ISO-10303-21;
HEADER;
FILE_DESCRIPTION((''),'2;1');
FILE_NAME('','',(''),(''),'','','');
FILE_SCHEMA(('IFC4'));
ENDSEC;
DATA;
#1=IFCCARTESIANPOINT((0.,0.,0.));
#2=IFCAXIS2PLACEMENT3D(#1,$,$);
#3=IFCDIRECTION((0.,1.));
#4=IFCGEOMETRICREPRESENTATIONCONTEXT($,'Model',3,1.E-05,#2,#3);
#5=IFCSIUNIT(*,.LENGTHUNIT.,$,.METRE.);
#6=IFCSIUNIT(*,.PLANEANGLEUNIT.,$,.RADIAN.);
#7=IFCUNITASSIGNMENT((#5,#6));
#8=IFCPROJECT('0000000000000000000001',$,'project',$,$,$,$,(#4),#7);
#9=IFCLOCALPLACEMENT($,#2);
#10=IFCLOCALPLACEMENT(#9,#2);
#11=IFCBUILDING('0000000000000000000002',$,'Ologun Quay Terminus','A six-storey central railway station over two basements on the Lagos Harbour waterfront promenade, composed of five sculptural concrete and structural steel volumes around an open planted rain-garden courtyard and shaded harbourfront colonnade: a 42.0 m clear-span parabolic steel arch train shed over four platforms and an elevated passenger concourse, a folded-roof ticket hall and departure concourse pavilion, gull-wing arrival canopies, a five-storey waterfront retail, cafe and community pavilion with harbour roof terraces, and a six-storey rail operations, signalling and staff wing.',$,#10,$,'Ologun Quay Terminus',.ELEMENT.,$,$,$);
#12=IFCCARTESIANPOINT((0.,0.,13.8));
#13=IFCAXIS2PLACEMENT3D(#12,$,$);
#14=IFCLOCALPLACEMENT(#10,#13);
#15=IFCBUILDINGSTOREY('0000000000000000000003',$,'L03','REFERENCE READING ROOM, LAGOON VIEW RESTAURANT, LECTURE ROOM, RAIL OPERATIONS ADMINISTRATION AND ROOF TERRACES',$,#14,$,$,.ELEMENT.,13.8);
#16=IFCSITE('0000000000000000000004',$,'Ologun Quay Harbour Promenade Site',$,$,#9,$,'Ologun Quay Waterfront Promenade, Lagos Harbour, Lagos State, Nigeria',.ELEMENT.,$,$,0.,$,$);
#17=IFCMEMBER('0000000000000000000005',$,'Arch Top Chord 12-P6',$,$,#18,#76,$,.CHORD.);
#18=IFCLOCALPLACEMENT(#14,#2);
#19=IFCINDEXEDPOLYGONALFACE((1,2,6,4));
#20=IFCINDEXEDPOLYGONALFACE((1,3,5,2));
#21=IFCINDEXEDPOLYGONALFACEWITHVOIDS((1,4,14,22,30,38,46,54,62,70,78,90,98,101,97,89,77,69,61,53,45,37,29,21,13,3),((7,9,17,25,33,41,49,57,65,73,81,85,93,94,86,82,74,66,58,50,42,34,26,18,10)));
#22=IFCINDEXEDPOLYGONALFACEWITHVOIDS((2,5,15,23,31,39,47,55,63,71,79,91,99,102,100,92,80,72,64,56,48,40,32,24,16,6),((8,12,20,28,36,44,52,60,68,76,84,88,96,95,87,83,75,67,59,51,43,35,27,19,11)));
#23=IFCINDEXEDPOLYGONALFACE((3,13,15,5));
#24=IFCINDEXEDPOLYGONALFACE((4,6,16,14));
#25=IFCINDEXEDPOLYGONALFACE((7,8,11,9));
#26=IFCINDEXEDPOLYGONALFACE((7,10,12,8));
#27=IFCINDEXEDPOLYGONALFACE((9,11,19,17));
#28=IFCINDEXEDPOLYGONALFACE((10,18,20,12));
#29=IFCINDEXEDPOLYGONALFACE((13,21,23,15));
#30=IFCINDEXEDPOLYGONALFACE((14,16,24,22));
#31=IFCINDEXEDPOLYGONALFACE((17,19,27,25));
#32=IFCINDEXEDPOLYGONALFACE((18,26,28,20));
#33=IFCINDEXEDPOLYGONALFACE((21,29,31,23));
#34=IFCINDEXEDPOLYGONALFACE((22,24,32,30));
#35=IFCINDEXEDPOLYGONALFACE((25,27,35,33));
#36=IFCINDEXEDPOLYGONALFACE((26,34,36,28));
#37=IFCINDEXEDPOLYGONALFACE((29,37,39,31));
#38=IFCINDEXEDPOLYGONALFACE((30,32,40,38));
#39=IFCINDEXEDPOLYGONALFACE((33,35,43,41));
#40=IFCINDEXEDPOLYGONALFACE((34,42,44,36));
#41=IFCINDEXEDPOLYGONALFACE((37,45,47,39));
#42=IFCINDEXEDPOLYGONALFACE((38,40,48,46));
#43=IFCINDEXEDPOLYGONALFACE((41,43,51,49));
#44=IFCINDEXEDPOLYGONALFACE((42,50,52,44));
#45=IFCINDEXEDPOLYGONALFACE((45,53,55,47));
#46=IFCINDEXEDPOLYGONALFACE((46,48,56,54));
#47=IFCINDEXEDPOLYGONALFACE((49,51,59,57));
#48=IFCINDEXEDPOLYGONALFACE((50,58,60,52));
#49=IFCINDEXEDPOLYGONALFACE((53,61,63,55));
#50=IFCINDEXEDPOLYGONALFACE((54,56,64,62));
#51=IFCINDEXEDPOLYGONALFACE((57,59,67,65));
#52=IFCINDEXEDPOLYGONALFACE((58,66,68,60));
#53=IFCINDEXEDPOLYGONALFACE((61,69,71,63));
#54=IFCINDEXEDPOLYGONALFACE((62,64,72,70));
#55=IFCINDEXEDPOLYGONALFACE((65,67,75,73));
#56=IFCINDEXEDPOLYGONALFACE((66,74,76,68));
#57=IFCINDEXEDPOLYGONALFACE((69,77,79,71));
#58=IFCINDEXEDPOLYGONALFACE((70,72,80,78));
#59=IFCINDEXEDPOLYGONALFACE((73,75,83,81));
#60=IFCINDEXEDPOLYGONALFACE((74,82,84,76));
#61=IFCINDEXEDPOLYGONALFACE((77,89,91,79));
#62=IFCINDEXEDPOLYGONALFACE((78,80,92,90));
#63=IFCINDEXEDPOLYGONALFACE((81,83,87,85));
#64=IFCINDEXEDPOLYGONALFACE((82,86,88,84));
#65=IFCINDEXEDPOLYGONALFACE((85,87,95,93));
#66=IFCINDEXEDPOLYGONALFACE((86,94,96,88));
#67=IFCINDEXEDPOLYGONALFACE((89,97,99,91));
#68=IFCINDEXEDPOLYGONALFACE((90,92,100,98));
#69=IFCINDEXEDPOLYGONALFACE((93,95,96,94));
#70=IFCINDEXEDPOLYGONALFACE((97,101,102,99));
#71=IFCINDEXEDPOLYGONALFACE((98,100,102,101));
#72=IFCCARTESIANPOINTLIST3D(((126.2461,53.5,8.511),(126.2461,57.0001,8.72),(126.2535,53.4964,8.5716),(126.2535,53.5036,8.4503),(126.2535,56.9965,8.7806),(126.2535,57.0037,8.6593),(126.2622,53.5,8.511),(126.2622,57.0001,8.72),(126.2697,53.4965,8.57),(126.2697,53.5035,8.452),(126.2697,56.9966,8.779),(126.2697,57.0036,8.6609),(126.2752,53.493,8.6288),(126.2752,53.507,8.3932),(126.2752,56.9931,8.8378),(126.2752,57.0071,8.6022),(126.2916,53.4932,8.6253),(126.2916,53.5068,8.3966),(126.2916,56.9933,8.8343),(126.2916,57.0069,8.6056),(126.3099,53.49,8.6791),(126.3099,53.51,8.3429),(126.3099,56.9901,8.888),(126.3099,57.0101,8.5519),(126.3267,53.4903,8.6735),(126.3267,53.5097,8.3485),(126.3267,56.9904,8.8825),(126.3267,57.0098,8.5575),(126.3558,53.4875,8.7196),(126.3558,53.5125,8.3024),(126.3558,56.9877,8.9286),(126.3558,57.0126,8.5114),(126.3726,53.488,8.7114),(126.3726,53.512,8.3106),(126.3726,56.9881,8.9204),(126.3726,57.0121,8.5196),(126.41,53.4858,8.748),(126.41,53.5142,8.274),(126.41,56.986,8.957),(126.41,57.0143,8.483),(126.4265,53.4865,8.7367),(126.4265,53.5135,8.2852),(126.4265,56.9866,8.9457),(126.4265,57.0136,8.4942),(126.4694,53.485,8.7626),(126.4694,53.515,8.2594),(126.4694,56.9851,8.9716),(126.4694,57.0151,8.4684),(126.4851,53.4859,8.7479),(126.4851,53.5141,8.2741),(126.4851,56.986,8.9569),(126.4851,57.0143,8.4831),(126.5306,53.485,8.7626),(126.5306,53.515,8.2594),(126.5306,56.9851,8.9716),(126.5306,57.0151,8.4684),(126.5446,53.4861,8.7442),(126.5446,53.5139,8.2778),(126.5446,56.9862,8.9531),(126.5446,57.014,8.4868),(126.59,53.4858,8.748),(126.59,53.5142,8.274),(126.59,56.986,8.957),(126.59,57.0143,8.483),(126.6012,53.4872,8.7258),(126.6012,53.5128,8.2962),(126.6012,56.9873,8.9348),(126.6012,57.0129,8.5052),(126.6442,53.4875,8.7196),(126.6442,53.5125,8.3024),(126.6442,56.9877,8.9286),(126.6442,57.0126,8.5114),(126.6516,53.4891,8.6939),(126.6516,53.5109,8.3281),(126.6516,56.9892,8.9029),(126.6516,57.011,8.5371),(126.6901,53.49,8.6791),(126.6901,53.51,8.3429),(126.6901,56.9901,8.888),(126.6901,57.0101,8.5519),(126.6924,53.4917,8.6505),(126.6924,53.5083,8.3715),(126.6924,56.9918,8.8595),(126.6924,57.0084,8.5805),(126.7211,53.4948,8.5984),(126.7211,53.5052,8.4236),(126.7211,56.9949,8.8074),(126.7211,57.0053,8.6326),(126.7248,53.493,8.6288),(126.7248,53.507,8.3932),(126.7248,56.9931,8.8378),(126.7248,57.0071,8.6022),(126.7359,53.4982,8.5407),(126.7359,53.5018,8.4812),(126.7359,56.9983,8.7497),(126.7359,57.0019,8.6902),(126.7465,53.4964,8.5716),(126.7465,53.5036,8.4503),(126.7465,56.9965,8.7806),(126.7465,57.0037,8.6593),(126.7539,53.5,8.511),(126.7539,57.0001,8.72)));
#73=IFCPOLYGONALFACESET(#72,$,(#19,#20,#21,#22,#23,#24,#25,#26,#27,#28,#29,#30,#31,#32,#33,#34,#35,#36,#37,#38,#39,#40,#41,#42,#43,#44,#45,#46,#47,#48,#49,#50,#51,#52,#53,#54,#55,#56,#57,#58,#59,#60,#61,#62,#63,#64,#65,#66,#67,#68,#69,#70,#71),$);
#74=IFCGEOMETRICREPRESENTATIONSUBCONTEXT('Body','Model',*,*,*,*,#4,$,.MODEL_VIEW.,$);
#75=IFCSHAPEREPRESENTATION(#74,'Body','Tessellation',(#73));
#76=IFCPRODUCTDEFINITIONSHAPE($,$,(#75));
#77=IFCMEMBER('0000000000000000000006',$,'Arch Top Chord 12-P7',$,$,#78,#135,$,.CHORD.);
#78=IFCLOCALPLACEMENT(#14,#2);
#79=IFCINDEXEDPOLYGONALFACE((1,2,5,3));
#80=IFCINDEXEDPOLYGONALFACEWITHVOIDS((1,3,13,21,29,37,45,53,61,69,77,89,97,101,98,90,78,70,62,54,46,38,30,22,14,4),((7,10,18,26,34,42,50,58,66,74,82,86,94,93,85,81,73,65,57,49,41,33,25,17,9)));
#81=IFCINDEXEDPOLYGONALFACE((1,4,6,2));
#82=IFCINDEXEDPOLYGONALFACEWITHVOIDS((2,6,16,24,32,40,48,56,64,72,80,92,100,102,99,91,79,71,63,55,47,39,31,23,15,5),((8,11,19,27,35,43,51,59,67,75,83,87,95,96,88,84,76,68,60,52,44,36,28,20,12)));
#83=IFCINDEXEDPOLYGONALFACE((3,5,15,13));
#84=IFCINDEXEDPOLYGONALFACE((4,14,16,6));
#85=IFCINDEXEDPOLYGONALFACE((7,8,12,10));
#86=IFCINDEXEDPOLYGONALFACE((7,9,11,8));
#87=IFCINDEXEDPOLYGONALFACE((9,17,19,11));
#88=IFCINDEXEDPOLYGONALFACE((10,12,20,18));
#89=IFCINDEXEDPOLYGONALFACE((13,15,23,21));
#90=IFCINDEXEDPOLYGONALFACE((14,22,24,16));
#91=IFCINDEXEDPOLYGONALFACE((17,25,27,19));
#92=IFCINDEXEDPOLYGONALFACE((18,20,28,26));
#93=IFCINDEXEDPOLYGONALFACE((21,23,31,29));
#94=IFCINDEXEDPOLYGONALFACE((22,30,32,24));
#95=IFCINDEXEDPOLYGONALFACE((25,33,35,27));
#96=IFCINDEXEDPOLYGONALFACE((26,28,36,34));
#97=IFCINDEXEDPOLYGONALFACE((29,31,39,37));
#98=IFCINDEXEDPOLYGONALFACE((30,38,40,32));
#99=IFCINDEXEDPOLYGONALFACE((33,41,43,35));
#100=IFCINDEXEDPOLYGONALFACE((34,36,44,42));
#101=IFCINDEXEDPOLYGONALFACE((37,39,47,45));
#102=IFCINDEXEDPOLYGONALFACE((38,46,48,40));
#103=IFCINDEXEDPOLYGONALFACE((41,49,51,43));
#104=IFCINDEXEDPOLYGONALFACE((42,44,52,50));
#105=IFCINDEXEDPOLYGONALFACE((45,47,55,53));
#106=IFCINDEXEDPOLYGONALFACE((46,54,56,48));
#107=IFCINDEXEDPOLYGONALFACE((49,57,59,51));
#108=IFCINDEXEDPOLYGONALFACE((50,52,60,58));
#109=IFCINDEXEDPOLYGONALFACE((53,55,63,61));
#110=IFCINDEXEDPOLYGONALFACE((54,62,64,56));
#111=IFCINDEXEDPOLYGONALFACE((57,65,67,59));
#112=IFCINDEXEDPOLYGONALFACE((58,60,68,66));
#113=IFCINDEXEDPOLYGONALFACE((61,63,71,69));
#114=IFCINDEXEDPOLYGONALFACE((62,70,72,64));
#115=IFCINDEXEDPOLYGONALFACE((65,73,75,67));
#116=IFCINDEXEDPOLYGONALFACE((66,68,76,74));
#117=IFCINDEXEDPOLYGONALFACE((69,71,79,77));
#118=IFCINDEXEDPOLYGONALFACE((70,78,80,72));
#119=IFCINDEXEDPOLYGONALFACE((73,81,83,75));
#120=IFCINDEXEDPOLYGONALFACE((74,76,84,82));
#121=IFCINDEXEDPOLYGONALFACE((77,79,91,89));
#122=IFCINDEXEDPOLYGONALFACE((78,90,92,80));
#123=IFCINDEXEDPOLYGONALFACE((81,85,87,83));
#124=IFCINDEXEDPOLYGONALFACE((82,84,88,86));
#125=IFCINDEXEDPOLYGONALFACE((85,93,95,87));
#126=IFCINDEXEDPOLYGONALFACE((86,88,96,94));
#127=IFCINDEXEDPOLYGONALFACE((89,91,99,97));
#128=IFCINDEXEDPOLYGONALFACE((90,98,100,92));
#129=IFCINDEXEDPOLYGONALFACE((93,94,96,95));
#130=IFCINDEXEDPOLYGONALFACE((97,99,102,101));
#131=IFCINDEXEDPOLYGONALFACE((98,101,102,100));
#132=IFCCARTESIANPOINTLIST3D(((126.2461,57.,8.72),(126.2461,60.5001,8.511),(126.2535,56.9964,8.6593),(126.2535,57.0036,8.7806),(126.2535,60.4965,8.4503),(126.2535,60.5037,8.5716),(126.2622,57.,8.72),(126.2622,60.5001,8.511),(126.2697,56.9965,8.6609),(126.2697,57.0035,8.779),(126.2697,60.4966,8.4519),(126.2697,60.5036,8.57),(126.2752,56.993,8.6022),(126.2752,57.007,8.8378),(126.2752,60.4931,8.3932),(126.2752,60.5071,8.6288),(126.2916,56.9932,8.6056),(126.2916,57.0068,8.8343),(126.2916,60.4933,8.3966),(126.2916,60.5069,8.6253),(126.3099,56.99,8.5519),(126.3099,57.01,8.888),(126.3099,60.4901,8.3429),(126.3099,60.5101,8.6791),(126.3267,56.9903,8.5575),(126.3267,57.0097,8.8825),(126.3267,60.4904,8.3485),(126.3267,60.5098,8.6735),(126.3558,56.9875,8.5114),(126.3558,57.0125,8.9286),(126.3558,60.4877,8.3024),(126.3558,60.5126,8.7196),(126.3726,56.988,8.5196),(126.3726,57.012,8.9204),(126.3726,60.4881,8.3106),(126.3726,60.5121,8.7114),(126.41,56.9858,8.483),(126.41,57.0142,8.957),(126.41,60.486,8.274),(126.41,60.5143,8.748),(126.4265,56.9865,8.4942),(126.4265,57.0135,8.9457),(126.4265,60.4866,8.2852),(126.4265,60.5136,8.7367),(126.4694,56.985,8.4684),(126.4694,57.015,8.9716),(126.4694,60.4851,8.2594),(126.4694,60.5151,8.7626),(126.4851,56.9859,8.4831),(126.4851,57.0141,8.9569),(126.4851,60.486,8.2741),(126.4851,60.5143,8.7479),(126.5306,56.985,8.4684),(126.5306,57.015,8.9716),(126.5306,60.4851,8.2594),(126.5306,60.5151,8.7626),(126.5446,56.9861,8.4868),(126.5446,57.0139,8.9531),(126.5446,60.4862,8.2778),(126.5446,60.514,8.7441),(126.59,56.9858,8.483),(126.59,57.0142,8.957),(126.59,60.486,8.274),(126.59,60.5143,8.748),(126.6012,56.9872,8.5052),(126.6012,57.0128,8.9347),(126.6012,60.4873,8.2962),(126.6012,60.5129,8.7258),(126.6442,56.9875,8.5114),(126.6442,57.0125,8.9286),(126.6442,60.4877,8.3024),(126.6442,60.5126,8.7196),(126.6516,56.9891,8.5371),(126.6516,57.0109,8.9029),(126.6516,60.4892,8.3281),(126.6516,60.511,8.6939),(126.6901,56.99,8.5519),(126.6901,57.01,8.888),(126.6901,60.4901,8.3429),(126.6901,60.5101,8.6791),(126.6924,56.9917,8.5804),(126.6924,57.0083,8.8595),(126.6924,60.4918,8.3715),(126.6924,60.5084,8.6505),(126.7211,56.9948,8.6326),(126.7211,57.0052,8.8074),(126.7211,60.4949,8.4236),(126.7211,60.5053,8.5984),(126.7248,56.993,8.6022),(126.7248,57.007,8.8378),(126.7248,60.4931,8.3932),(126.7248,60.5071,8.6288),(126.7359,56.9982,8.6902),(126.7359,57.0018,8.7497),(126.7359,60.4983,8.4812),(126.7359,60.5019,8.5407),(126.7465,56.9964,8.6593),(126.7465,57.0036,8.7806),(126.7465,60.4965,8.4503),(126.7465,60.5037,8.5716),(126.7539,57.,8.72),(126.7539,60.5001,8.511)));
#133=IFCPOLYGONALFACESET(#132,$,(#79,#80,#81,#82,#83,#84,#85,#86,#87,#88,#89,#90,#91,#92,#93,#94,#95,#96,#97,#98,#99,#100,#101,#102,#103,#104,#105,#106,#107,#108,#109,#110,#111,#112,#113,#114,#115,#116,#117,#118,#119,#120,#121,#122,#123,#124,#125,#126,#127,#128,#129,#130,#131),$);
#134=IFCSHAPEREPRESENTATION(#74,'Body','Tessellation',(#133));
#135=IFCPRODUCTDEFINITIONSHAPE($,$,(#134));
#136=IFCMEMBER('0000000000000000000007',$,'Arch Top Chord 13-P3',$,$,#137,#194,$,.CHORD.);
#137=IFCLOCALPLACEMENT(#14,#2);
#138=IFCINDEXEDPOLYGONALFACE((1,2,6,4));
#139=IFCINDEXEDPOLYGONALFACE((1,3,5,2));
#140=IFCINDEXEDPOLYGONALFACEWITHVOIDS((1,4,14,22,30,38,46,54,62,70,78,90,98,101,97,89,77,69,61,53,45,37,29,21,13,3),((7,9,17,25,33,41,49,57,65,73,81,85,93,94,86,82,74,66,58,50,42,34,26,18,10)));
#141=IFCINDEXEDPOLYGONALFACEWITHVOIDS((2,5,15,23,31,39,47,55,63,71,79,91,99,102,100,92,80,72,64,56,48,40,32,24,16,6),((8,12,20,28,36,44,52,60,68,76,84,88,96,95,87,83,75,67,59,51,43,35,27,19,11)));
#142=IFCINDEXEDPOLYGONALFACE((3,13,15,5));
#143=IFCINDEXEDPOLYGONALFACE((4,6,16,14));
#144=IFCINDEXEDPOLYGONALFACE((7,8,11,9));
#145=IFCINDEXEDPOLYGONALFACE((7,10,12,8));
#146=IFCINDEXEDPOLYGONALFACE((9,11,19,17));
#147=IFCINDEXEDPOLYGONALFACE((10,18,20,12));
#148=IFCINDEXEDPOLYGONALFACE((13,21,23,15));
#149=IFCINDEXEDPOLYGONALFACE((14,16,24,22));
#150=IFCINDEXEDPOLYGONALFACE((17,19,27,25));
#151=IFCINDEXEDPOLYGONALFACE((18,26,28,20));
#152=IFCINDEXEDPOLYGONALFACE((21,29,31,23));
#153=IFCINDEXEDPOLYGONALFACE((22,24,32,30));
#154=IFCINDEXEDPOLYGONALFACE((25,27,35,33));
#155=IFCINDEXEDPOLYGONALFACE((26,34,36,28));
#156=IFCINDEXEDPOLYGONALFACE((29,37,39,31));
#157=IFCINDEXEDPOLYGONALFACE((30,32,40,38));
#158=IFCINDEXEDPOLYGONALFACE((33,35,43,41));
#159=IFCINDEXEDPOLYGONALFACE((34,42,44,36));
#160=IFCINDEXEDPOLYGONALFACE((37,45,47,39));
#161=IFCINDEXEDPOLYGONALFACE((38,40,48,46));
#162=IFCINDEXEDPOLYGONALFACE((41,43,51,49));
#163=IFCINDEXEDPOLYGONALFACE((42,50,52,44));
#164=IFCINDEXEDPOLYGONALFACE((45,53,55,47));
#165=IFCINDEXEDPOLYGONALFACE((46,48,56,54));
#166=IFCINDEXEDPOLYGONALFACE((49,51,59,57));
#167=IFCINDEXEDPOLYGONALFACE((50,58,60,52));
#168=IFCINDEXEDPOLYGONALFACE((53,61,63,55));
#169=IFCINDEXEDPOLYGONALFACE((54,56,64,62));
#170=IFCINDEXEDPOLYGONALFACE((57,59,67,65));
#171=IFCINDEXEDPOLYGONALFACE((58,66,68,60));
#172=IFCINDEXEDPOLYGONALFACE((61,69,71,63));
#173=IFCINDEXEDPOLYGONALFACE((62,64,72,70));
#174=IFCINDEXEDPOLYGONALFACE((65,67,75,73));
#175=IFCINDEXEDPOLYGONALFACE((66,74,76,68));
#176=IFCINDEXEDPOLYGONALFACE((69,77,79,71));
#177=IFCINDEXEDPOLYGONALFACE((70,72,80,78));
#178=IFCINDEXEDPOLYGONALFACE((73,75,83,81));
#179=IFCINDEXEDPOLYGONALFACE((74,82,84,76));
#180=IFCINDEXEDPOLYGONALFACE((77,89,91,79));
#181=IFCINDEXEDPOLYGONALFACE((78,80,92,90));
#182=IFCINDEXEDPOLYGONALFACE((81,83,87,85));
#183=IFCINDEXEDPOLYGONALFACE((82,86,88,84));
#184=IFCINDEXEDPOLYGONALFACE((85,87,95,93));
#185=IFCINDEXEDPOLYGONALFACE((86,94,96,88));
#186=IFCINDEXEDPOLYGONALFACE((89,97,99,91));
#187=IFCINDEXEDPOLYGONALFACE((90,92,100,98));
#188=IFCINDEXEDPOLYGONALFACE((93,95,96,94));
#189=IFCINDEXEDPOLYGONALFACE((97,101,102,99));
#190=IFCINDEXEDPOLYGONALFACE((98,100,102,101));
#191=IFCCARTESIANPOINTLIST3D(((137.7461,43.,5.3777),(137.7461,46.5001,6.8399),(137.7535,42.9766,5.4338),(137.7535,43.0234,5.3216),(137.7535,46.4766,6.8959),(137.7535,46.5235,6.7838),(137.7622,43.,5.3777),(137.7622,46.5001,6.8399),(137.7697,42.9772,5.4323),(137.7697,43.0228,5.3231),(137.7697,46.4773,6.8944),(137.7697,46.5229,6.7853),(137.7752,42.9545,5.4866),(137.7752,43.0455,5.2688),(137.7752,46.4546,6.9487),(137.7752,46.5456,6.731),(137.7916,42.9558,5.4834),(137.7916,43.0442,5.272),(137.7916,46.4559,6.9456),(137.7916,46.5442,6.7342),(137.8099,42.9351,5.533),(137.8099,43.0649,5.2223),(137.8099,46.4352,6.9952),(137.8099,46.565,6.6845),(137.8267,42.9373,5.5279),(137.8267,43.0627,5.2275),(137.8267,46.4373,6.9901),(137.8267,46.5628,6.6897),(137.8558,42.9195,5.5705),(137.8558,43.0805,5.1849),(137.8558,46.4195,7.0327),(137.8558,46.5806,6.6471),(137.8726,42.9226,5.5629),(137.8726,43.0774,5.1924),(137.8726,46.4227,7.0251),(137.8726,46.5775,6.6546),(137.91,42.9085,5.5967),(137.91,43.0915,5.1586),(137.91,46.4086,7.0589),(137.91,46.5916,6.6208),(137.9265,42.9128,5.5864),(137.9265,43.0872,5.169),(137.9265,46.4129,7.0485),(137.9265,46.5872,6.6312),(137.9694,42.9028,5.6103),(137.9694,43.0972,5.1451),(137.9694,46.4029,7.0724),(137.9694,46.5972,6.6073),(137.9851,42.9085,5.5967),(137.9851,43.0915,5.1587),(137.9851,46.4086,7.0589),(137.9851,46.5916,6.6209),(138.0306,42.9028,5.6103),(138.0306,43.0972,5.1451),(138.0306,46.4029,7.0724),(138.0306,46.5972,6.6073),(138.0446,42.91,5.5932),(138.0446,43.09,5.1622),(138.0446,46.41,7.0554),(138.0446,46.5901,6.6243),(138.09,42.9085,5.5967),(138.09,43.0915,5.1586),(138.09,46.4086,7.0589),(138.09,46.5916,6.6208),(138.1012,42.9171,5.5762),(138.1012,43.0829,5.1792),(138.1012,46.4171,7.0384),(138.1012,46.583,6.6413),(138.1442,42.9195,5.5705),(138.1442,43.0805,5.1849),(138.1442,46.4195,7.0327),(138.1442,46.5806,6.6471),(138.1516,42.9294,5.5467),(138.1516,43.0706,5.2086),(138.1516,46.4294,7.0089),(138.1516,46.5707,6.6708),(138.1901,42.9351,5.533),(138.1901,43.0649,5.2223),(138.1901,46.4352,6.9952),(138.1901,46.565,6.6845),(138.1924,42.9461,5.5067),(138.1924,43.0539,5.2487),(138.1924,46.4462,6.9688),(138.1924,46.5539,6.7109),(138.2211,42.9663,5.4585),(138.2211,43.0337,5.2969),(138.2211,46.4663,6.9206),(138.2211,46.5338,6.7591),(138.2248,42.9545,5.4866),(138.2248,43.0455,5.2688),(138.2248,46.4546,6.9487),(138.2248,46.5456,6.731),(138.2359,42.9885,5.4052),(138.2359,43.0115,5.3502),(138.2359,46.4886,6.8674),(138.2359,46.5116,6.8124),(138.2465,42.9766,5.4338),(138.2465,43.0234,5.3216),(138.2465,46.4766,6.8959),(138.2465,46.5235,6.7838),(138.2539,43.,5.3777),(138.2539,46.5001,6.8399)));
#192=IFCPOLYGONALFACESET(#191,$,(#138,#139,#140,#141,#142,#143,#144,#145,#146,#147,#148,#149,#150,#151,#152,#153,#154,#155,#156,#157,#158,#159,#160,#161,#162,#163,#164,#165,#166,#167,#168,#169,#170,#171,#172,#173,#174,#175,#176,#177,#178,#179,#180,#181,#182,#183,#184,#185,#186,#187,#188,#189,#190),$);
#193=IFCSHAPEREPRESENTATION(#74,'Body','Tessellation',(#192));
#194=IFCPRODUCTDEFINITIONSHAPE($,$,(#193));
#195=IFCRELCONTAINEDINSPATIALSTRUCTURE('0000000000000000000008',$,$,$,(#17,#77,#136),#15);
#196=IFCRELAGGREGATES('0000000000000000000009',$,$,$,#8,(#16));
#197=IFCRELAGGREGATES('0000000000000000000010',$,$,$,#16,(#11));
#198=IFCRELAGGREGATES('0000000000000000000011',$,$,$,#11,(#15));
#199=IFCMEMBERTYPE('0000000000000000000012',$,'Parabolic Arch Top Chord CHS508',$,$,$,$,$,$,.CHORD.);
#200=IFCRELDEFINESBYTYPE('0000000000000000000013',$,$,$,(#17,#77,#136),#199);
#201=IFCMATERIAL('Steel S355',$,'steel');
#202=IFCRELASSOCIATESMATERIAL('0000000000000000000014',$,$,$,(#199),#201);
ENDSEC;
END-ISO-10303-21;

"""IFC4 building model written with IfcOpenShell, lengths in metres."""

from ifc_helpers import new_model, si_unit, direction, frame, origin, origin_2d, place, context, subcontext, project, spatial, hollow_circle, extrude, material, material_profile, profile_set, type_object, element, save


model = new_model("IFC4")

# Units and contexts
model_context = context("Model", 3, precision=1e-05, world=origin(), true_north=direction((0.0, 1.0)))
body_context = subcontext(model_context, "Body", "Model", "MODEL_VIEW")
ifc_project = project(units=[si_unit("LENGTHUNIT", "METRE"), si_unit("PLANEANGLEUNIT", "RADIAN")], contexts=[model_context])

# Site, building, storey
site_placement = place(None, origin())
site = spatial("IfcSite", under=ifc_project, at=site_placement, Name="Ologun Quay Harbour Promenade Site", LongName="Ologun Quay Waterfront Promenade, Lagos Harbour, Lagos State, Nigeria", CompositionType="ELEMENT", RefElevation=0.0)
building_placement = place(site_placement, origin())
building = spatial("IfcBuilding", under=site, at=building_placement, Name="Ologun Quay Terminus", Description="A six-storey central railway station over two basements on the Lagos Harbour waterfront promenade, composed of five sculptural concrete and structural steel volumes around an open planted rain-garden courtyard and shaded harbourfront colonnade: a 42.0 m clear-span parabolic steel arch train shed over four platforms and an elevated passenger concourse, a folded-roof ticket hall and departure concourse pavilion, gull-wing arrival canopies, a five-storey waterfront retail, cafe and community pavilion with harbour roof terraces, and a six-storey rail operations, signalling and staff wing.", LongName="Ologun Quay Terminus", CompositionType="ELEMENT")
storey_placement = place(building_placement, frame((0.0, 0.0, 13.8)))
storey = spatial("IfcBuildingStorey", under=building, at=storey_placement, Name="L03", Description="REFERENCE READING ROOM, LAGOON VIEW RESTAURANT, LECTURE ROOM, RAIL OPERATIONS ADMINISTRATION AND ROOF TERRACES", CompositionType="ELEMENT", Elevation=13.8)

# Members
ifc_material_1 = material(Name="Steel S355", Category="steel")
ifc_material_profile_1 = material_profile(ifc_material_1, hollow_circle(Radius=0.2539, WallThickness=0.0161, at=origin_2d()), Name="CHS 508x16")
ifc_profile_set_1 = profile_set([ifc_material_profile_1], Name="Steel S355")
member_type_1 = type_object("IfcMemberType", Name="Parabolic Arch Top Chord CHS508", PredefinedType="CHORD", material=ifc_profile_set_1)
for number, where, z_axis, x_axis, name in (
    (1, (126.5, 53.5, 8.511), (0.0, 0.998222, 0.059604), (-1.0, 0.0, 0.0), "Arch Top Chord 12-P6"),
    (2, (126.5, 57.0, 8.72), (0.0, 0.998222, -0.059604), (-1.0, 0.0, 0.0), "Arch Top Chord 12-P7"),
):
    element("IfcMember", number, at=place(storey_placement, frame(where, z_axis=z_axis, x_axis=x_axis)), inside=storey, type_object=member_type_1, Name=name, PredefinedType="CHORD", context=body_context, shape_type="SweptSolid", body=[
        extrude(hollow_circle(Radius=0.2539, WallThickness=0.0161, at=origin_2d()), origin(), (0.0, 0.0, 1.0), 3.5063),
    ])
member_1_placement = place(storey_placement, frame((138.0, 43.0, 5.3777), z_axis=(0.0, 0.922719, 0.385474), x_axis=(-1.0, 0.0, 0.0)))
element("IfcMember", 3, at=member_1_placement, inside=storey, type_object=member_type_1, Name="Arch Top Chord 13-P3", PredefinedType="CHORD", context=body_context, shape_type="SweptSolid", body=[
    extrude(hollow_circle(Radius=0.2539, WallThickness=0.0161, at=origin_2d()), origin(), (0.0, 0.0, 1.0), 3.7932),
])

save(model, "model.ifc")
